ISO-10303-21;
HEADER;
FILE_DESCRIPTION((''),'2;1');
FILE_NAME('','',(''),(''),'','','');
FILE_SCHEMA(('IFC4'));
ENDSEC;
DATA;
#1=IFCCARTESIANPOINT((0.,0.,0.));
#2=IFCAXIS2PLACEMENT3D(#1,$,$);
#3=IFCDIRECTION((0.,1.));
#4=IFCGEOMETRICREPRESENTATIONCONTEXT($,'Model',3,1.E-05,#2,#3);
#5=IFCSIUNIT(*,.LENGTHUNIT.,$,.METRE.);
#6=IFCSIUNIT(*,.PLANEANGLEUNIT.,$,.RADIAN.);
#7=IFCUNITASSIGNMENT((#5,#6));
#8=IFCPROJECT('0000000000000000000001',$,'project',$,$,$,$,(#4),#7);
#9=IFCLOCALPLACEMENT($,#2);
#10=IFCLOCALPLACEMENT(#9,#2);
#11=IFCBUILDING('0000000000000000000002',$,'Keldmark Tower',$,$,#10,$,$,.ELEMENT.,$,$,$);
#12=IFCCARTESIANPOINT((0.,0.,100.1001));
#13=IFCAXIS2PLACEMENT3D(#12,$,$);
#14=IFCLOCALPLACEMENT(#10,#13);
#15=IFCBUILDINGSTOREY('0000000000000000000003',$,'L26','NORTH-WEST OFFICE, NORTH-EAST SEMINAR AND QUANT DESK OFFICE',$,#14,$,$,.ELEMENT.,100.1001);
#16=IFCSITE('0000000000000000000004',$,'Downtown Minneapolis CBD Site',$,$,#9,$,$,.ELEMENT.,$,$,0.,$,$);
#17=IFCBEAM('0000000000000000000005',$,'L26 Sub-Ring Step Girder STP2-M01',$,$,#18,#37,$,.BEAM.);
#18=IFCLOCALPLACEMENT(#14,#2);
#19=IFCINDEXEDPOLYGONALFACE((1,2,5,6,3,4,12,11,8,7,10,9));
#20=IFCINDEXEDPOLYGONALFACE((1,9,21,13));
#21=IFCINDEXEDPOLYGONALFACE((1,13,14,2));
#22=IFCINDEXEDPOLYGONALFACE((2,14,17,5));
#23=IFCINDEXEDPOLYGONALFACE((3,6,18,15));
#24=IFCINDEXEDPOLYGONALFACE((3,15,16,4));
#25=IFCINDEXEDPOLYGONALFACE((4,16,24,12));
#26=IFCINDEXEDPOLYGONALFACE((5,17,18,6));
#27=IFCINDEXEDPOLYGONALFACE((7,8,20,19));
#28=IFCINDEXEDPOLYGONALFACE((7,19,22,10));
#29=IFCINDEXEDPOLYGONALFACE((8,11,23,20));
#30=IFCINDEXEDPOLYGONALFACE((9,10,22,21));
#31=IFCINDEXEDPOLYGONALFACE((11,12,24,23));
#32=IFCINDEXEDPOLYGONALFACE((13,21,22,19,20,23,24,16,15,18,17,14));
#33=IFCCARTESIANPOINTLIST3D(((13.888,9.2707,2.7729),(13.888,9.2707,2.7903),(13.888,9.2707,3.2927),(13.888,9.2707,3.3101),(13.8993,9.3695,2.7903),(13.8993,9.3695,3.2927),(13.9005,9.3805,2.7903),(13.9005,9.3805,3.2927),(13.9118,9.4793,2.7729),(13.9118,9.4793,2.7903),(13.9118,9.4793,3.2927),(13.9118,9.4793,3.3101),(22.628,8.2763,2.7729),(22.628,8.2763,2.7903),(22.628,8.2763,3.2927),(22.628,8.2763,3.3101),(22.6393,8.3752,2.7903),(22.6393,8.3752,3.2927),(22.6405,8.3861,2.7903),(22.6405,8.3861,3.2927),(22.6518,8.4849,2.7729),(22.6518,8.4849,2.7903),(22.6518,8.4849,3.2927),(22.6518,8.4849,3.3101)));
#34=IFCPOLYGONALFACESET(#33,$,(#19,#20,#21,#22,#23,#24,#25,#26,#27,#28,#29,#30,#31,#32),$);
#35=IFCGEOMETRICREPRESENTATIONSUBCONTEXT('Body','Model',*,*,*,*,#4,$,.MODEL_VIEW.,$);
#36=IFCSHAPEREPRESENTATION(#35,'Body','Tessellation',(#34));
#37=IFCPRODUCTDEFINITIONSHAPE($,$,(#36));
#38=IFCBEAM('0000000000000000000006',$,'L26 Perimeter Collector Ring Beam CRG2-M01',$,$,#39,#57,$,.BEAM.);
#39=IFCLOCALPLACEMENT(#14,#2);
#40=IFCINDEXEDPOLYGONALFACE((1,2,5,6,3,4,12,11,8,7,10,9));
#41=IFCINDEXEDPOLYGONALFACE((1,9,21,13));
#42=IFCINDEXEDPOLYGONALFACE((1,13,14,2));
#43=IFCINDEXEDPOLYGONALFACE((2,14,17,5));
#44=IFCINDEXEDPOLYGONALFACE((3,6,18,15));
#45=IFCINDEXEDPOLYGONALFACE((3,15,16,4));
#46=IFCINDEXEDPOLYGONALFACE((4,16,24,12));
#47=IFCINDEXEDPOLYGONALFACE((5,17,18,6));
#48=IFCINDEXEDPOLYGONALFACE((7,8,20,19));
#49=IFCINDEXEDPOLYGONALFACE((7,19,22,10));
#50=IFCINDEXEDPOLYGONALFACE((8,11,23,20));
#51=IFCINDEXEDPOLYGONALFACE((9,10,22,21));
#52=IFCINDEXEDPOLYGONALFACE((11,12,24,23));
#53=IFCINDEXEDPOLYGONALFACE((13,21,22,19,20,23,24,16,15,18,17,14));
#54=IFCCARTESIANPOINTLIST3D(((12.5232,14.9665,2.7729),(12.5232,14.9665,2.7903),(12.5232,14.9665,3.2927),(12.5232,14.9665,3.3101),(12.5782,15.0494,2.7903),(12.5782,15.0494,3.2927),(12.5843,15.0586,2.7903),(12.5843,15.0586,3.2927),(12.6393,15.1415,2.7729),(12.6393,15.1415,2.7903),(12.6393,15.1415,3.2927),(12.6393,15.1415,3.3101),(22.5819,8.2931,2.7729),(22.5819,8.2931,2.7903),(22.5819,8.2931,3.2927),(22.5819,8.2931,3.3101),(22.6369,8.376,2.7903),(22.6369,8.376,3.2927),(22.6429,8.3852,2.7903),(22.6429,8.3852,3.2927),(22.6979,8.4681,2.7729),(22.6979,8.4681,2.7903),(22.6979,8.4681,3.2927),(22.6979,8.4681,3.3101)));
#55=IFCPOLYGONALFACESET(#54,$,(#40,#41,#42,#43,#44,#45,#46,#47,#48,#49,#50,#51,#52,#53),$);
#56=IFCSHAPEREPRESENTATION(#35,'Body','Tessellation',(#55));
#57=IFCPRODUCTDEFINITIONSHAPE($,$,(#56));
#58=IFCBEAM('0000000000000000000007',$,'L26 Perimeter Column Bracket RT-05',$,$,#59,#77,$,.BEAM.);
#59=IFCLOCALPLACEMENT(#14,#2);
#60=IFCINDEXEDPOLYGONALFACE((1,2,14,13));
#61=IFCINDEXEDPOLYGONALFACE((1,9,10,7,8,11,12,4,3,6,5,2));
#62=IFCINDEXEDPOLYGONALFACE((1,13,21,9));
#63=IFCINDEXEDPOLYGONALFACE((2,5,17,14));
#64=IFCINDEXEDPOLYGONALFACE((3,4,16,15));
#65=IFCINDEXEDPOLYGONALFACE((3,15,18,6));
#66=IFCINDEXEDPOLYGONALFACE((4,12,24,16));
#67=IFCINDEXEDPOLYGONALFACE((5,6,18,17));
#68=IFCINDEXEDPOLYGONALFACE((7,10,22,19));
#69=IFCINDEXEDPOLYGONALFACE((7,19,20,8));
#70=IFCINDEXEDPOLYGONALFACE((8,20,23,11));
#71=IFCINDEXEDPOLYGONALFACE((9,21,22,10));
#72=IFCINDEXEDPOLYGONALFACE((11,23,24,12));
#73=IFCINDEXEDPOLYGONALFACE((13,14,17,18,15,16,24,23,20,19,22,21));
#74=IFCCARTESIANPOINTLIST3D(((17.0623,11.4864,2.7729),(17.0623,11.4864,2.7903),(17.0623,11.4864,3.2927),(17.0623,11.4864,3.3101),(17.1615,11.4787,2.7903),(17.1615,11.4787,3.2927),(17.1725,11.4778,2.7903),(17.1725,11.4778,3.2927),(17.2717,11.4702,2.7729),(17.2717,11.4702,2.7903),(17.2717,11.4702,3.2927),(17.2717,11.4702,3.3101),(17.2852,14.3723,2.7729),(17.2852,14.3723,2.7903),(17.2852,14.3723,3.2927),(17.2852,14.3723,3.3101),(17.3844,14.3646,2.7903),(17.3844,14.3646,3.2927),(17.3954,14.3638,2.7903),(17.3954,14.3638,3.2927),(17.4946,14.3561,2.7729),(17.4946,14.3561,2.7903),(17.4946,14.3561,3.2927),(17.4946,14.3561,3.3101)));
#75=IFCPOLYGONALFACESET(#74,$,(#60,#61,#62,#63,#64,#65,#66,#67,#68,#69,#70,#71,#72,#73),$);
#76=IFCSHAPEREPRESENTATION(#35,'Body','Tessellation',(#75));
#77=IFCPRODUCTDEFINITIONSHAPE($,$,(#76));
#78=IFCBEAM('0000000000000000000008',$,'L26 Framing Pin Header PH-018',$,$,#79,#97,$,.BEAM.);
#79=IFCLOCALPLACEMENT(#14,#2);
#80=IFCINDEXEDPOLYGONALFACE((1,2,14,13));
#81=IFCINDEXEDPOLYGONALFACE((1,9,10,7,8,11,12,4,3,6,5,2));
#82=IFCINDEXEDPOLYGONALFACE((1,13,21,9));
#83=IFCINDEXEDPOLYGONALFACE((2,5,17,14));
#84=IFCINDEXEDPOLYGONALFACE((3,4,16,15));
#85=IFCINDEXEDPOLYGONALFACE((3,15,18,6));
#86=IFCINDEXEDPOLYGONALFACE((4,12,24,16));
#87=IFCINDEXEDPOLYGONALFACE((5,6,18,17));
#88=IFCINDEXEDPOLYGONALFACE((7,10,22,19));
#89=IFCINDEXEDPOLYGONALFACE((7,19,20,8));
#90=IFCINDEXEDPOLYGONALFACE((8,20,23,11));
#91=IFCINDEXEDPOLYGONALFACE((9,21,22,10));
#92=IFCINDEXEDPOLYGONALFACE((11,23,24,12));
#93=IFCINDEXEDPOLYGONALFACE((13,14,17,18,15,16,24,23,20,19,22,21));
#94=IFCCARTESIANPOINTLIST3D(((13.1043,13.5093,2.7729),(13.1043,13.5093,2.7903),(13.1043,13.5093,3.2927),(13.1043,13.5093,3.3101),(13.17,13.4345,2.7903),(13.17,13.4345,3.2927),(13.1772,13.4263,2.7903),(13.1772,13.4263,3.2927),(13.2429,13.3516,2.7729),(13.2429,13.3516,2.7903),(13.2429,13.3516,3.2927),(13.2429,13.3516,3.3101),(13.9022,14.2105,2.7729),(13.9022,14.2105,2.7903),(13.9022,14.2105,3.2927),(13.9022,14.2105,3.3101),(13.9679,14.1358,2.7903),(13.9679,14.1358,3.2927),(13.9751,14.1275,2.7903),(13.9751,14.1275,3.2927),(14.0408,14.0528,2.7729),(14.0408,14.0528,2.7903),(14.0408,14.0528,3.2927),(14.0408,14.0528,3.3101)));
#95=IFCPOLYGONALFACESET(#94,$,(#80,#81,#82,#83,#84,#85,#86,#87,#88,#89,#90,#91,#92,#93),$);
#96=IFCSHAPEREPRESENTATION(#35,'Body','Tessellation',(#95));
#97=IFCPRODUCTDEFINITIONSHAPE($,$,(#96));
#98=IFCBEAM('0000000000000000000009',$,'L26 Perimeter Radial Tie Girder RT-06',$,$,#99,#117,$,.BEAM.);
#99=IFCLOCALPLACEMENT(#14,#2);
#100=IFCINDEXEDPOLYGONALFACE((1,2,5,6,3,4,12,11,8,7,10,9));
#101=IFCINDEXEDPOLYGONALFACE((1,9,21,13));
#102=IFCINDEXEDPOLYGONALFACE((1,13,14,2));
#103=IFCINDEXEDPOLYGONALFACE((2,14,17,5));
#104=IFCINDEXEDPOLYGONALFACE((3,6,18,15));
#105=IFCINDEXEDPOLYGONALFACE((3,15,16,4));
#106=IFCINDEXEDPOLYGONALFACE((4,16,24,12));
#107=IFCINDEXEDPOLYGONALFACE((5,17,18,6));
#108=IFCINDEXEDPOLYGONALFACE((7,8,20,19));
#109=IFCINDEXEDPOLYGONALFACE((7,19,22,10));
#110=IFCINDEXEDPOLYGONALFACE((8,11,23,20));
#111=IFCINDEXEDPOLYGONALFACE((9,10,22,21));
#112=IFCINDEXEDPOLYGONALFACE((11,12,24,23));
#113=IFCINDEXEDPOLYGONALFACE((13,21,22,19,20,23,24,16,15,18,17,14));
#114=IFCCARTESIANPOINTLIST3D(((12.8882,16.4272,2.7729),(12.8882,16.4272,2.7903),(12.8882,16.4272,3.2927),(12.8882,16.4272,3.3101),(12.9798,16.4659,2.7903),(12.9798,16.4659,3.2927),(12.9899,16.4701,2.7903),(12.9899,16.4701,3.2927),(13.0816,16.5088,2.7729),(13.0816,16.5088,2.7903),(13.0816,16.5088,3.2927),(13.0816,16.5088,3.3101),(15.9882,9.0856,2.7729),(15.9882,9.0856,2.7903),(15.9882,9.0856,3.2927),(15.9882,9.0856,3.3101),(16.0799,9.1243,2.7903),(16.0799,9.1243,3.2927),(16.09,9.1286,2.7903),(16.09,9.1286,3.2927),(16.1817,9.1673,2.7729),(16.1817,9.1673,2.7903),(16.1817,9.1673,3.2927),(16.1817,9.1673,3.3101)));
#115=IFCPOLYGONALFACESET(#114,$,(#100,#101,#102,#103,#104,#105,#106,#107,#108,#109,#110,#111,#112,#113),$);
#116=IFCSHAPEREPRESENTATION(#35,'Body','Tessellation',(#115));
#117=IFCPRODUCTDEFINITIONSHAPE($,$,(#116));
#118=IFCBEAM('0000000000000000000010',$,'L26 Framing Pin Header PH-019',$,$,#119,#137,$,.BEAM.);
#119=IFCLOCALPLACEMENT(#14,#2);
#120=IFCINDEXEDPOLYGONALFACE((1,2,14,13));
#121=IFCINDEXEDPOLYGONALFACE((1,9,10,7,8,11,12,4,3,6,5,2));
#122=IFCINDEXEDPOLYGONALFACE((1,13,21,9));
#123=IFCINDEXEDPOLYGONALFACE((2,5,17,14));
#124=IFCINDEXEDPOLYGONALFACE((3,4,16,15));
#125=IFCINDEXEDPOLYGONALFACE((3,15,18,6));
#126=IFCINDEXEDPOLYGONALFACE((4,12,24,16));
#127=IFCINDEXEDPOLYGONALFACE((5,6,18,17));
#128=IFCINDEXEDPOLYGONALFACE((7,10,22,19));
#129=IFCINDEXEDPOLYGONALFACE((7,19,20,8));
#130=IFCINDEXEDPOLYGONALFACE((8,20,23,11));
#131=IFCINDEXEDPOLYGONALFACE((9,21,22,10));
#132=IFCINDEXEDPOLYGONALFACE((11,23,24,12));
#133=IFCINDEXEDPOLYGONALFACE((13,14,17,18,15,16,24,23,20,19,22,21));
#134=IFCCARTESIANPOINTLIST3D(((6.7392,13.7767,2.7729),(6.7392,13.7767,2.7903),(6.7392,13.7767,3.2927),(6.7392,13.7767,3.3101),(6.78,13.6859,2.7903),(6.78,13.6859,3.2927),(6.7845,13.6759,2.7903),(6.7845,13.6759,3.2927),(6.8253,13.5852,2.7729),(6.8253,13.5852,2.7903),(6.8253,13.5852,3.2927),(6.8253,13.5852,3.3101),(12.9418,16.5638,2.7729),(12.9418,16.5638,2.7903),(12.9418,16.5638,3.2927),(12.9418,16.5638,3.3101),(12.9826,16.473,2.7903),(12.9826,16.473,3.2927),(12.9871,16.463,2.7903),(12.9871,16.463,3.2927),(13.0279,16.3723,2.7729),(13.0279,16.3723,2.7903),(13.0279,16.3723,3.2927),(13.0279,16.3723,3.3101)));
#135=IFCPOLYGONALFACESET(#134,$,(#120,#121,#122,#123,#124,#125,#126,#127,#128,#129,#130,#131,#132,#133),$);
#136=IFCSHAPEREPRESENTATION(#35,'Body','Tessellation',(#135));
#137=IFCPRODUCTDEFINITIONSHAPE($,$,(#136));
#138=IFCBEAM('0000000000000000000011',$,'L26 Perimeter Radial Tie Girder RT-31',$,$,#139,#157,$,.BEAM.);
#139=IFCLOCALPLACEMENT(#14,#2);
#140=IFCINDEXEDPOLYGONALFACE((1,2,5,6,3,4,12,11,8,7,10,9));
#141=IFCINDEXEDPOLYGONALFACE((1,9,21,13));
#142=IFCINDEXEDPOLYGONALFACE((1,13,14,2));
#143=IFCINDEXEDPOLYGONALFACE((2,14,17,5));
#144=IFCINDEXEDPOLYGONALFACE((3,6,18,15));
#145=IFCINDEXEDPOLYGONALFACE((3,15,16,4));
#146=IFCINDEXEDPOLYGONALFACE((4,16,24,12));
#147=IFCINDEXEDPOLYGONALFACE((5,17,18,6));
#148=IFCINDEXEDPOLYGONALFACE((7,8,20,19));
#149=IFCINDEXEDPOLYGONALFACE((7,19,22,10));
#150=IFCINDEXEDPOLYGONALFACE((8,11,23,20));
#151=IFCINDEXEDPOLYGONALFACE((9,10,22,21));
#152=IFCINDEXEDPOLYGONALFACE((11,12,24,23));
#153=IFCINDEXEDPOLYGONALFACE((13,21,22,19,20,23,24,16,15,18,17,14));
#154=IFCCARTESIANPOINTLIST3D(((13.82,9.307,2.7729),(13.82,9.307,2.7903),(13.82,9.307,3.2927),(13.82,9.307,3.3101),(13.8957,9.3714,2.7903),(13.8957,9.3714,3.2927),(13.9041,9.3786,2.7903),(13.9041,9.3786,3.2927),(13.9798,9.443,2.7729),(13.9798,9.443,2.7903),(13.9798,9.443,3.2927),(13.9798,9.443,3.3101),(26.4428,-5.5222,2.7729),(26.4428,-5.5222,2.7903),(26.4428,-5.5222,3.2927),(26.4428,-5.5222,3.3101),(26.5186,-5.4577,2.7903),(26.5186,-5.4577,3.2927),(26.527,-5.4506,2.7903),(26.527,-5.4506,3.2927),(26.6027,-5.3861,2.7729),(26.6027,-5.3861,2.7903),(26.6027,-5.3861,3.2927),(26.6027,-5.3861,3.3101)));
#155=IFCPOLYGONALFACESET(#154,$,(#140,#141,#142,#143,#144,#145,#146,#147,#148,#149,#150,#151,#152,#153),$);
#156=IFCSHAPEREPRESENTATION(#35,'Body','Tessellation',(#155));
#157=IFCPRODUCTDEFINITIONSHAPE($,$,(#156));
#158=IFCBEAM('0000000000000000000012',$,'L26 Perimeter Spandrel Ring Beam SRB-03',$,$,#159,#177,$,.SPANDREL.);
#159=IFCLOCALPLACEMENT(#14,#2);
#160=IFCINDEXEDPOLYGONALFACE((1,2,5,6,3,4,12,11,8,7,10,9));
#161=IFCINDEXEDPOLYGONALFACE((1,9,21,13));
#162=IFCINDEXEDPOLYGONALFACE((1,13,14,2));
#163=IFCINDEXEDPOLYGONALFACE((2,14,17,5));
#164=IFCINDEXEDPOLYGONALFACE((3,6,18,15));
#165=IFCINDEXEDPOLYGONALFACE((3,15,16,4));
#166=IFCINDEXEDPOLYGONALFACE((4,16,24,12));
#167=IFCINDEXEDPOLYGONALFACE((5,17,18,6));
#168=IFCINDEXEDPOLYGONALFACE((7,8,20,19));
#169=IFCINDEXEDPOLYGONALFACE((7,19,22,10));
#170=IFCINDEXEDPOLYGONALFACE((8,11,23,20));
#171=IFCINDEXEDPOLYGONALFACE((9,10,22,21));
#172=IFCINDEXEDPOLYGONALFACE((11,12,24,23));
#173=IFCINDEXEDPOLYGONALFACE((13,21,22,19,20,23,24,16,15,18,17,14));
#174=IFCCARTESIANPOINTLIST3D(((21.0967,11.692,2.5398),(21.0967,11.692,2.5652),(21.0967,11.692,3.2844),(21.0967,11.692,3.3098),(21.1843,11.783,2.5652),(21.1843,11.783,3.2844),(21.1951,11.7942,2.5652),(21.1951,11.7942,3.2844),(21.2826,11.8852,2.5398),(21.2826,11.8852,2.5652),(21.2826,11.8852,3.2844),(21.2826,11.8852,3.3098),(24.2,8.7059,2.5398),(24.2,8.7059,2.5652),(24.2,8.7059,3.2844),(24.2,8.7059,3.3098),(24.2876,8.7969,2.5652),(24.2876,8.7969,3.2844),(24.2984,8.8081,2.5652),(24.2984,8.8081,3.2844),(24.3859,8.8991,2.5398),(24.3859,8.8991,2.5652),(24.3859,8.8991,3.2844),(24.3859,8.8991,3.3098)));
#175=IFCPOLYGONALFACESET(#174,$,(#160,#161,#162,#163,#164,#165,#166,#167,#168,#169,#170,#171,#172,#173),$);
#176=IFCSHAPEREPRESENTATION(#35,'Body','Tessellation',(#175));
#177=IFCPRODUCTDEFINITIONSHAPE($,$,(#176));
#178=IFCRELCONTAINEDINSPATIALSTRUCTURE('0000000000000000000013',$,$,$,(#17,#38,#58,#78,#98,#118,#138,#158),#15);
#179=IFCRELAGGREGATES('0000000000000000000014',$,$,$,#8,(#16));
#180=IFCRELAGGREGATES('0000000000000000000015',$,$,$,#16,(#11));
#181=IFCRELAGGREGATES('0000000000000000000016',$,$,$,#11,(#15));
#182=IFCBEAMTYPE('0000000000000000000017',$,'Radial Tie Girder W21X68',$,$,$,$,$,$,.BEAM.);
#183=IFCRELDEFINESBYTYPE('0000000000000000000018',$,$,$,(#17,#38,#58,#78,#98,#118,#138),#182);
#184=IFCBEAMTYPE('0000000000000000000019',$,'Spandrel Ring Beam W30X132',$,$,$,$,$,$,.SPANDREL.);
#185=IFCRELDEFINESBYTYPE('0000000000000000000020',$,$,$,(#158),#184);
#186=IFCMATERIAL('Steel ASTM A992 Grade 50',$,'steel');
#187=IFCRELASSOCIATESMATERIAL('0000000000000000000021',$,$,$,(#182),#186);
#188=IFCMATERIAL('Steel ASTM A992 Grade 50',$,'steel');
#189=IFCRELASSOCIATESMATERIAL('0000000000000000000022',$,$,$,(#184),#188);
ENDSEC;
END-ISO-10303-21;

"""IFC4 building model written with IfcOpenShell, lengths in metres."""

from ifc_helpers import new_model, si_unit, direction, frame, origin, origin_2d, place, context, subcontext, project, spatial, i_section, extrude, material, material_profile, profile_set, type_object, element, save


model = new_model("IFC4")

# Units and contexts
model_context = context("Model", 3, precision=1e-05, world=origin(), true_north=direction((0.0, 1.0)))
body_context = subcontext(model_context, "Body", "Model", "MODEL_VIEW")
ifc_project = project(units=[si_unit("LENGTHUNIT", "METRE"), si_unit("PLANEANGLEUNIT", "RADIAN")], contexts=[model_context])

# Site, building, storey
site_placement = place(None, origin())
site = spatial("IfcSite", under=ifc_project, at=site_placement, Name="Downtown Minneapolis CBD Site", CompositionType="ELEMENT", RefElevation=0.0)
building_placement = place(site_placement, origin())
building = spatial("IfcBuilding", under=site, at=building_placement, Name="Keldmark Tower", CompositionType="ELEMENT")
storey_placement = place(building_placement, frame((0.0, 0.0, 100.1001)))
storey = spatial("IfcBuildingStorey", under=building, at=storey_placement, Name="L26", Description="NORTH-WEST OFFICE, NORTH-EAST SEMINAR AND QUANT DESK OFFICE", CompositionType="ELEMENT", Elevation=100.1001)

# Beams
ifc_material_1 = material(Name="Steel ASTM A992 Grade 50", Category="steel")
ifc_material_profile_1 = material_profile(ifc_material_1, i_section(OverallWidth=0.21, OverallDepth=0.5371, WebThickness=0.011, FlangeThickness=0.0173, at=origin_2d()), Name="W21X68")
ifc_profile_set_1 = profile_set([ifc_material_profile_1], Name="Steel ASTM A992 Grade 50")
beam_type_1 = type_object("IfcBeamType", Name="Radial Tie Girder W21X68", PredefinedType="BEAM", material=ifc_profile_set_1)
beam_1_placement = place(storey_placement, frame((13.8999, 9.375, 3.0415), z_axis=(0.99359, -0.113045, 0.0), x_axis=(0.113045, 0.99359, 0.0)))
element("IfcBeam", 1, at=beam_1_placement, inside=storey, type_object=beam_type_1, Name="L26 Sub-Ring Step Girder STP2-M01", PredefinedType="BEAM", context=body_context, shape_type="SweptSolid", body=[
    extrude(i_section(OverallWidth=0.21, OverallDepth=0.5371, WebThickness=0.011, FlangeThickness=0.0173, at=origin_2d()), origin(), (0.0, 0.0, 1.0), 8.7964),
])
beam_2_placement = place(storey_placement, frame((22.6399, 8.3806, 3.0415), z_axis=(-0.833287, 0.552841, 0.0), x_axis=(-0.552841, -0.833287, 0.0)))
element("IfcBeam", 2, at=beam_2_placement, inside=storey, type_object=beam_type_1, Name="L26 Perimeter Collector Ring Beam CRG2-M01", PredefinedType="BEAM", context=body_context, shape_type="SweptSolid", body=[
    extrude(i_section(OverallWidth=0.21, OverallDepth=0.5371, WebThickness=0.011, FlangeThickness=0.0173, at=origin_2d()), origin(), (0.0, 0.0, 1.0), 12.071),
])
beam_3_placement = place(storey_placement, frame((17.167, 11.4783, 3.0415), z_axis=(0.077006, 0.997031, 0.0), x_axis=(-0.997031, 0.077006, 0.0)))
element("IfcBeam", 3, at=beam_3_placement, inside=storey, type_object=beam_type_1, Name="L26 Perimeter Column Bracket RT-05", PredefinedType="BEAM", context=body_context, shape_type="SweptSolid", body=[
    extrude(i_section(OverallWidth=0.21, OverallDepth=0.5371, WebThickness=0.011, FlangeThickness=0.0173, at=origin_2d()), origin(), (0.0, 0.0, 1.0), 2.8945),
])
beam_4_placement = place(storey_placement, frame((13.1736, 13.4304, 3.0415), z_axis=(0.751151, 0.66013, 0.0), x_axis=(-0.66013, 0.751151, 0.0)))
element("IfcBeam", 4, at=beam_4_placement, inside=storey, type_object=beam_type_1, Name="L26 Framing Pin Header PH-018", PredefinedType="BEAM", context=body_context, shape_type="SweptSolid", body=[
    extrude(i_section(OverallWidth=0.21, OverallDepth=0.5371, WebThickness=0.011, FlangeThickness=0.0173, at=origin_2d()), origin(), (0.0, 0.0, 1.0), 1.0623),
])
beam_5_placement = place(storey_placement, frame((16.085, 9.1265, 3.0415), z_axis=(-0.389007, 0.921235, 0.0), x_axis=(-0.921235, -0.389007, 0.0)))
element("IfcBeam", 5, at=beam_5_placement, inside=storey, type_object=beam_type_1, Name="L26 Perimeter Radial Tie Girder RT-06", PredefinedType="BEAM", context=body_context, shape_type="SweptSolid", body=[
    extrude(i_section(OverallWidth=0.21, OverallDepth=0.5371, WebThickness=0.011, FlangeThickness=0.0173, at=origin_2d()), origin(), (0.0, 0.0, 1.0), 7.9692),
])
beam_6_placement = place(storey_placement, frame((12.9849, 16.468, 3.0415), z_axis=(-0.912146, -0.409866, 0.0), x_axis=(0.409866, -0.912146, 0.0)))
element("IfcBeam", 6, at=beam_6_placement, inside=storey, type_object=beam_type_1, Name="L26 Framing Pin Header PH-019", PredefinedType="BEAM", context=body_context, shape_type="SweptSolid", body=[
    extrude(i_section(OverallWidth=0.21, OverallDepth=0.5371, WebThickness=0.011, FlangeThickness=0.0173, at=origin_2d()), origin(), (0.0, 0.0, 1.0), 6.8),
])
beam_7_placement = place(storey_placement, frame((13.8999, 9.375, 3.0415), z_axis=(0.648187, -0.761481, 0.0), x_axis=(0.761481, 0.648187, 0.0)))
element("IfcBeam", 7, at=beam_7_placement, inside=storey, type_object=beam_type_1, Name="L26 Perimeter Radial Tie Girder RT-31", PredefinedType="BEAM", context=body_context, shape_type="SweptSolid", body=[
    extrude(i_section(OverallWidth=0.21, OverallDepth=0.5371, WebThickness=0.011, FlangeThickness=0.0173, at=origin_2d()), origin(), (0.0, 0.0, 1.0), 19.4741),
])
ifc_material_2 = material(Name="Steel ASTM A992 Grade 50", Category="steel")
ifc_material_profile_2 = material_profile(ifc_material_2, i_section(OverallWidth=0.2681, OverallDepth=0.77, WebThickness=0.0156, FlangeThickness=0.0254, at=origin_2d()), Name="W30X132")
ifc_profile_set_2 = profile_set([ifc_material_profile_2], Name="Steel ASTM A992 Grade 50")
beam_type_2 = type_object("IfcBeamType", Name="Spandrel Ring Beam W30X132", PredefinedType="SPANDREL", material=ifc_profile_set_2)
beam_8_placement = place(storey_placement, frame((24.293, 8.8025, 2.9248), z_axis=(-0.720581, 0.69337, 0.0), x_axis=(-0.69337, -0.720581, 0.0)))
element("IfcBeam", 8, at=beam_8_placement, inside=storey, type_object=beam_type_2, Name="L26 Perimeter Spandrel Ring Beam SRB-03", PredefinedType="SPANDREL", context=body_context, shape_type="SweptSolid", body=[
    extrude(i_section(OverallWidth=0.2681, OverallDepth=0.77, WebThickness=0.0156, FlangeThickness=0.0254, at=origin_2d()), origin(), (0.0, 0.0, 1.0), 4.3066),
])

save(model, "model.ifc")
